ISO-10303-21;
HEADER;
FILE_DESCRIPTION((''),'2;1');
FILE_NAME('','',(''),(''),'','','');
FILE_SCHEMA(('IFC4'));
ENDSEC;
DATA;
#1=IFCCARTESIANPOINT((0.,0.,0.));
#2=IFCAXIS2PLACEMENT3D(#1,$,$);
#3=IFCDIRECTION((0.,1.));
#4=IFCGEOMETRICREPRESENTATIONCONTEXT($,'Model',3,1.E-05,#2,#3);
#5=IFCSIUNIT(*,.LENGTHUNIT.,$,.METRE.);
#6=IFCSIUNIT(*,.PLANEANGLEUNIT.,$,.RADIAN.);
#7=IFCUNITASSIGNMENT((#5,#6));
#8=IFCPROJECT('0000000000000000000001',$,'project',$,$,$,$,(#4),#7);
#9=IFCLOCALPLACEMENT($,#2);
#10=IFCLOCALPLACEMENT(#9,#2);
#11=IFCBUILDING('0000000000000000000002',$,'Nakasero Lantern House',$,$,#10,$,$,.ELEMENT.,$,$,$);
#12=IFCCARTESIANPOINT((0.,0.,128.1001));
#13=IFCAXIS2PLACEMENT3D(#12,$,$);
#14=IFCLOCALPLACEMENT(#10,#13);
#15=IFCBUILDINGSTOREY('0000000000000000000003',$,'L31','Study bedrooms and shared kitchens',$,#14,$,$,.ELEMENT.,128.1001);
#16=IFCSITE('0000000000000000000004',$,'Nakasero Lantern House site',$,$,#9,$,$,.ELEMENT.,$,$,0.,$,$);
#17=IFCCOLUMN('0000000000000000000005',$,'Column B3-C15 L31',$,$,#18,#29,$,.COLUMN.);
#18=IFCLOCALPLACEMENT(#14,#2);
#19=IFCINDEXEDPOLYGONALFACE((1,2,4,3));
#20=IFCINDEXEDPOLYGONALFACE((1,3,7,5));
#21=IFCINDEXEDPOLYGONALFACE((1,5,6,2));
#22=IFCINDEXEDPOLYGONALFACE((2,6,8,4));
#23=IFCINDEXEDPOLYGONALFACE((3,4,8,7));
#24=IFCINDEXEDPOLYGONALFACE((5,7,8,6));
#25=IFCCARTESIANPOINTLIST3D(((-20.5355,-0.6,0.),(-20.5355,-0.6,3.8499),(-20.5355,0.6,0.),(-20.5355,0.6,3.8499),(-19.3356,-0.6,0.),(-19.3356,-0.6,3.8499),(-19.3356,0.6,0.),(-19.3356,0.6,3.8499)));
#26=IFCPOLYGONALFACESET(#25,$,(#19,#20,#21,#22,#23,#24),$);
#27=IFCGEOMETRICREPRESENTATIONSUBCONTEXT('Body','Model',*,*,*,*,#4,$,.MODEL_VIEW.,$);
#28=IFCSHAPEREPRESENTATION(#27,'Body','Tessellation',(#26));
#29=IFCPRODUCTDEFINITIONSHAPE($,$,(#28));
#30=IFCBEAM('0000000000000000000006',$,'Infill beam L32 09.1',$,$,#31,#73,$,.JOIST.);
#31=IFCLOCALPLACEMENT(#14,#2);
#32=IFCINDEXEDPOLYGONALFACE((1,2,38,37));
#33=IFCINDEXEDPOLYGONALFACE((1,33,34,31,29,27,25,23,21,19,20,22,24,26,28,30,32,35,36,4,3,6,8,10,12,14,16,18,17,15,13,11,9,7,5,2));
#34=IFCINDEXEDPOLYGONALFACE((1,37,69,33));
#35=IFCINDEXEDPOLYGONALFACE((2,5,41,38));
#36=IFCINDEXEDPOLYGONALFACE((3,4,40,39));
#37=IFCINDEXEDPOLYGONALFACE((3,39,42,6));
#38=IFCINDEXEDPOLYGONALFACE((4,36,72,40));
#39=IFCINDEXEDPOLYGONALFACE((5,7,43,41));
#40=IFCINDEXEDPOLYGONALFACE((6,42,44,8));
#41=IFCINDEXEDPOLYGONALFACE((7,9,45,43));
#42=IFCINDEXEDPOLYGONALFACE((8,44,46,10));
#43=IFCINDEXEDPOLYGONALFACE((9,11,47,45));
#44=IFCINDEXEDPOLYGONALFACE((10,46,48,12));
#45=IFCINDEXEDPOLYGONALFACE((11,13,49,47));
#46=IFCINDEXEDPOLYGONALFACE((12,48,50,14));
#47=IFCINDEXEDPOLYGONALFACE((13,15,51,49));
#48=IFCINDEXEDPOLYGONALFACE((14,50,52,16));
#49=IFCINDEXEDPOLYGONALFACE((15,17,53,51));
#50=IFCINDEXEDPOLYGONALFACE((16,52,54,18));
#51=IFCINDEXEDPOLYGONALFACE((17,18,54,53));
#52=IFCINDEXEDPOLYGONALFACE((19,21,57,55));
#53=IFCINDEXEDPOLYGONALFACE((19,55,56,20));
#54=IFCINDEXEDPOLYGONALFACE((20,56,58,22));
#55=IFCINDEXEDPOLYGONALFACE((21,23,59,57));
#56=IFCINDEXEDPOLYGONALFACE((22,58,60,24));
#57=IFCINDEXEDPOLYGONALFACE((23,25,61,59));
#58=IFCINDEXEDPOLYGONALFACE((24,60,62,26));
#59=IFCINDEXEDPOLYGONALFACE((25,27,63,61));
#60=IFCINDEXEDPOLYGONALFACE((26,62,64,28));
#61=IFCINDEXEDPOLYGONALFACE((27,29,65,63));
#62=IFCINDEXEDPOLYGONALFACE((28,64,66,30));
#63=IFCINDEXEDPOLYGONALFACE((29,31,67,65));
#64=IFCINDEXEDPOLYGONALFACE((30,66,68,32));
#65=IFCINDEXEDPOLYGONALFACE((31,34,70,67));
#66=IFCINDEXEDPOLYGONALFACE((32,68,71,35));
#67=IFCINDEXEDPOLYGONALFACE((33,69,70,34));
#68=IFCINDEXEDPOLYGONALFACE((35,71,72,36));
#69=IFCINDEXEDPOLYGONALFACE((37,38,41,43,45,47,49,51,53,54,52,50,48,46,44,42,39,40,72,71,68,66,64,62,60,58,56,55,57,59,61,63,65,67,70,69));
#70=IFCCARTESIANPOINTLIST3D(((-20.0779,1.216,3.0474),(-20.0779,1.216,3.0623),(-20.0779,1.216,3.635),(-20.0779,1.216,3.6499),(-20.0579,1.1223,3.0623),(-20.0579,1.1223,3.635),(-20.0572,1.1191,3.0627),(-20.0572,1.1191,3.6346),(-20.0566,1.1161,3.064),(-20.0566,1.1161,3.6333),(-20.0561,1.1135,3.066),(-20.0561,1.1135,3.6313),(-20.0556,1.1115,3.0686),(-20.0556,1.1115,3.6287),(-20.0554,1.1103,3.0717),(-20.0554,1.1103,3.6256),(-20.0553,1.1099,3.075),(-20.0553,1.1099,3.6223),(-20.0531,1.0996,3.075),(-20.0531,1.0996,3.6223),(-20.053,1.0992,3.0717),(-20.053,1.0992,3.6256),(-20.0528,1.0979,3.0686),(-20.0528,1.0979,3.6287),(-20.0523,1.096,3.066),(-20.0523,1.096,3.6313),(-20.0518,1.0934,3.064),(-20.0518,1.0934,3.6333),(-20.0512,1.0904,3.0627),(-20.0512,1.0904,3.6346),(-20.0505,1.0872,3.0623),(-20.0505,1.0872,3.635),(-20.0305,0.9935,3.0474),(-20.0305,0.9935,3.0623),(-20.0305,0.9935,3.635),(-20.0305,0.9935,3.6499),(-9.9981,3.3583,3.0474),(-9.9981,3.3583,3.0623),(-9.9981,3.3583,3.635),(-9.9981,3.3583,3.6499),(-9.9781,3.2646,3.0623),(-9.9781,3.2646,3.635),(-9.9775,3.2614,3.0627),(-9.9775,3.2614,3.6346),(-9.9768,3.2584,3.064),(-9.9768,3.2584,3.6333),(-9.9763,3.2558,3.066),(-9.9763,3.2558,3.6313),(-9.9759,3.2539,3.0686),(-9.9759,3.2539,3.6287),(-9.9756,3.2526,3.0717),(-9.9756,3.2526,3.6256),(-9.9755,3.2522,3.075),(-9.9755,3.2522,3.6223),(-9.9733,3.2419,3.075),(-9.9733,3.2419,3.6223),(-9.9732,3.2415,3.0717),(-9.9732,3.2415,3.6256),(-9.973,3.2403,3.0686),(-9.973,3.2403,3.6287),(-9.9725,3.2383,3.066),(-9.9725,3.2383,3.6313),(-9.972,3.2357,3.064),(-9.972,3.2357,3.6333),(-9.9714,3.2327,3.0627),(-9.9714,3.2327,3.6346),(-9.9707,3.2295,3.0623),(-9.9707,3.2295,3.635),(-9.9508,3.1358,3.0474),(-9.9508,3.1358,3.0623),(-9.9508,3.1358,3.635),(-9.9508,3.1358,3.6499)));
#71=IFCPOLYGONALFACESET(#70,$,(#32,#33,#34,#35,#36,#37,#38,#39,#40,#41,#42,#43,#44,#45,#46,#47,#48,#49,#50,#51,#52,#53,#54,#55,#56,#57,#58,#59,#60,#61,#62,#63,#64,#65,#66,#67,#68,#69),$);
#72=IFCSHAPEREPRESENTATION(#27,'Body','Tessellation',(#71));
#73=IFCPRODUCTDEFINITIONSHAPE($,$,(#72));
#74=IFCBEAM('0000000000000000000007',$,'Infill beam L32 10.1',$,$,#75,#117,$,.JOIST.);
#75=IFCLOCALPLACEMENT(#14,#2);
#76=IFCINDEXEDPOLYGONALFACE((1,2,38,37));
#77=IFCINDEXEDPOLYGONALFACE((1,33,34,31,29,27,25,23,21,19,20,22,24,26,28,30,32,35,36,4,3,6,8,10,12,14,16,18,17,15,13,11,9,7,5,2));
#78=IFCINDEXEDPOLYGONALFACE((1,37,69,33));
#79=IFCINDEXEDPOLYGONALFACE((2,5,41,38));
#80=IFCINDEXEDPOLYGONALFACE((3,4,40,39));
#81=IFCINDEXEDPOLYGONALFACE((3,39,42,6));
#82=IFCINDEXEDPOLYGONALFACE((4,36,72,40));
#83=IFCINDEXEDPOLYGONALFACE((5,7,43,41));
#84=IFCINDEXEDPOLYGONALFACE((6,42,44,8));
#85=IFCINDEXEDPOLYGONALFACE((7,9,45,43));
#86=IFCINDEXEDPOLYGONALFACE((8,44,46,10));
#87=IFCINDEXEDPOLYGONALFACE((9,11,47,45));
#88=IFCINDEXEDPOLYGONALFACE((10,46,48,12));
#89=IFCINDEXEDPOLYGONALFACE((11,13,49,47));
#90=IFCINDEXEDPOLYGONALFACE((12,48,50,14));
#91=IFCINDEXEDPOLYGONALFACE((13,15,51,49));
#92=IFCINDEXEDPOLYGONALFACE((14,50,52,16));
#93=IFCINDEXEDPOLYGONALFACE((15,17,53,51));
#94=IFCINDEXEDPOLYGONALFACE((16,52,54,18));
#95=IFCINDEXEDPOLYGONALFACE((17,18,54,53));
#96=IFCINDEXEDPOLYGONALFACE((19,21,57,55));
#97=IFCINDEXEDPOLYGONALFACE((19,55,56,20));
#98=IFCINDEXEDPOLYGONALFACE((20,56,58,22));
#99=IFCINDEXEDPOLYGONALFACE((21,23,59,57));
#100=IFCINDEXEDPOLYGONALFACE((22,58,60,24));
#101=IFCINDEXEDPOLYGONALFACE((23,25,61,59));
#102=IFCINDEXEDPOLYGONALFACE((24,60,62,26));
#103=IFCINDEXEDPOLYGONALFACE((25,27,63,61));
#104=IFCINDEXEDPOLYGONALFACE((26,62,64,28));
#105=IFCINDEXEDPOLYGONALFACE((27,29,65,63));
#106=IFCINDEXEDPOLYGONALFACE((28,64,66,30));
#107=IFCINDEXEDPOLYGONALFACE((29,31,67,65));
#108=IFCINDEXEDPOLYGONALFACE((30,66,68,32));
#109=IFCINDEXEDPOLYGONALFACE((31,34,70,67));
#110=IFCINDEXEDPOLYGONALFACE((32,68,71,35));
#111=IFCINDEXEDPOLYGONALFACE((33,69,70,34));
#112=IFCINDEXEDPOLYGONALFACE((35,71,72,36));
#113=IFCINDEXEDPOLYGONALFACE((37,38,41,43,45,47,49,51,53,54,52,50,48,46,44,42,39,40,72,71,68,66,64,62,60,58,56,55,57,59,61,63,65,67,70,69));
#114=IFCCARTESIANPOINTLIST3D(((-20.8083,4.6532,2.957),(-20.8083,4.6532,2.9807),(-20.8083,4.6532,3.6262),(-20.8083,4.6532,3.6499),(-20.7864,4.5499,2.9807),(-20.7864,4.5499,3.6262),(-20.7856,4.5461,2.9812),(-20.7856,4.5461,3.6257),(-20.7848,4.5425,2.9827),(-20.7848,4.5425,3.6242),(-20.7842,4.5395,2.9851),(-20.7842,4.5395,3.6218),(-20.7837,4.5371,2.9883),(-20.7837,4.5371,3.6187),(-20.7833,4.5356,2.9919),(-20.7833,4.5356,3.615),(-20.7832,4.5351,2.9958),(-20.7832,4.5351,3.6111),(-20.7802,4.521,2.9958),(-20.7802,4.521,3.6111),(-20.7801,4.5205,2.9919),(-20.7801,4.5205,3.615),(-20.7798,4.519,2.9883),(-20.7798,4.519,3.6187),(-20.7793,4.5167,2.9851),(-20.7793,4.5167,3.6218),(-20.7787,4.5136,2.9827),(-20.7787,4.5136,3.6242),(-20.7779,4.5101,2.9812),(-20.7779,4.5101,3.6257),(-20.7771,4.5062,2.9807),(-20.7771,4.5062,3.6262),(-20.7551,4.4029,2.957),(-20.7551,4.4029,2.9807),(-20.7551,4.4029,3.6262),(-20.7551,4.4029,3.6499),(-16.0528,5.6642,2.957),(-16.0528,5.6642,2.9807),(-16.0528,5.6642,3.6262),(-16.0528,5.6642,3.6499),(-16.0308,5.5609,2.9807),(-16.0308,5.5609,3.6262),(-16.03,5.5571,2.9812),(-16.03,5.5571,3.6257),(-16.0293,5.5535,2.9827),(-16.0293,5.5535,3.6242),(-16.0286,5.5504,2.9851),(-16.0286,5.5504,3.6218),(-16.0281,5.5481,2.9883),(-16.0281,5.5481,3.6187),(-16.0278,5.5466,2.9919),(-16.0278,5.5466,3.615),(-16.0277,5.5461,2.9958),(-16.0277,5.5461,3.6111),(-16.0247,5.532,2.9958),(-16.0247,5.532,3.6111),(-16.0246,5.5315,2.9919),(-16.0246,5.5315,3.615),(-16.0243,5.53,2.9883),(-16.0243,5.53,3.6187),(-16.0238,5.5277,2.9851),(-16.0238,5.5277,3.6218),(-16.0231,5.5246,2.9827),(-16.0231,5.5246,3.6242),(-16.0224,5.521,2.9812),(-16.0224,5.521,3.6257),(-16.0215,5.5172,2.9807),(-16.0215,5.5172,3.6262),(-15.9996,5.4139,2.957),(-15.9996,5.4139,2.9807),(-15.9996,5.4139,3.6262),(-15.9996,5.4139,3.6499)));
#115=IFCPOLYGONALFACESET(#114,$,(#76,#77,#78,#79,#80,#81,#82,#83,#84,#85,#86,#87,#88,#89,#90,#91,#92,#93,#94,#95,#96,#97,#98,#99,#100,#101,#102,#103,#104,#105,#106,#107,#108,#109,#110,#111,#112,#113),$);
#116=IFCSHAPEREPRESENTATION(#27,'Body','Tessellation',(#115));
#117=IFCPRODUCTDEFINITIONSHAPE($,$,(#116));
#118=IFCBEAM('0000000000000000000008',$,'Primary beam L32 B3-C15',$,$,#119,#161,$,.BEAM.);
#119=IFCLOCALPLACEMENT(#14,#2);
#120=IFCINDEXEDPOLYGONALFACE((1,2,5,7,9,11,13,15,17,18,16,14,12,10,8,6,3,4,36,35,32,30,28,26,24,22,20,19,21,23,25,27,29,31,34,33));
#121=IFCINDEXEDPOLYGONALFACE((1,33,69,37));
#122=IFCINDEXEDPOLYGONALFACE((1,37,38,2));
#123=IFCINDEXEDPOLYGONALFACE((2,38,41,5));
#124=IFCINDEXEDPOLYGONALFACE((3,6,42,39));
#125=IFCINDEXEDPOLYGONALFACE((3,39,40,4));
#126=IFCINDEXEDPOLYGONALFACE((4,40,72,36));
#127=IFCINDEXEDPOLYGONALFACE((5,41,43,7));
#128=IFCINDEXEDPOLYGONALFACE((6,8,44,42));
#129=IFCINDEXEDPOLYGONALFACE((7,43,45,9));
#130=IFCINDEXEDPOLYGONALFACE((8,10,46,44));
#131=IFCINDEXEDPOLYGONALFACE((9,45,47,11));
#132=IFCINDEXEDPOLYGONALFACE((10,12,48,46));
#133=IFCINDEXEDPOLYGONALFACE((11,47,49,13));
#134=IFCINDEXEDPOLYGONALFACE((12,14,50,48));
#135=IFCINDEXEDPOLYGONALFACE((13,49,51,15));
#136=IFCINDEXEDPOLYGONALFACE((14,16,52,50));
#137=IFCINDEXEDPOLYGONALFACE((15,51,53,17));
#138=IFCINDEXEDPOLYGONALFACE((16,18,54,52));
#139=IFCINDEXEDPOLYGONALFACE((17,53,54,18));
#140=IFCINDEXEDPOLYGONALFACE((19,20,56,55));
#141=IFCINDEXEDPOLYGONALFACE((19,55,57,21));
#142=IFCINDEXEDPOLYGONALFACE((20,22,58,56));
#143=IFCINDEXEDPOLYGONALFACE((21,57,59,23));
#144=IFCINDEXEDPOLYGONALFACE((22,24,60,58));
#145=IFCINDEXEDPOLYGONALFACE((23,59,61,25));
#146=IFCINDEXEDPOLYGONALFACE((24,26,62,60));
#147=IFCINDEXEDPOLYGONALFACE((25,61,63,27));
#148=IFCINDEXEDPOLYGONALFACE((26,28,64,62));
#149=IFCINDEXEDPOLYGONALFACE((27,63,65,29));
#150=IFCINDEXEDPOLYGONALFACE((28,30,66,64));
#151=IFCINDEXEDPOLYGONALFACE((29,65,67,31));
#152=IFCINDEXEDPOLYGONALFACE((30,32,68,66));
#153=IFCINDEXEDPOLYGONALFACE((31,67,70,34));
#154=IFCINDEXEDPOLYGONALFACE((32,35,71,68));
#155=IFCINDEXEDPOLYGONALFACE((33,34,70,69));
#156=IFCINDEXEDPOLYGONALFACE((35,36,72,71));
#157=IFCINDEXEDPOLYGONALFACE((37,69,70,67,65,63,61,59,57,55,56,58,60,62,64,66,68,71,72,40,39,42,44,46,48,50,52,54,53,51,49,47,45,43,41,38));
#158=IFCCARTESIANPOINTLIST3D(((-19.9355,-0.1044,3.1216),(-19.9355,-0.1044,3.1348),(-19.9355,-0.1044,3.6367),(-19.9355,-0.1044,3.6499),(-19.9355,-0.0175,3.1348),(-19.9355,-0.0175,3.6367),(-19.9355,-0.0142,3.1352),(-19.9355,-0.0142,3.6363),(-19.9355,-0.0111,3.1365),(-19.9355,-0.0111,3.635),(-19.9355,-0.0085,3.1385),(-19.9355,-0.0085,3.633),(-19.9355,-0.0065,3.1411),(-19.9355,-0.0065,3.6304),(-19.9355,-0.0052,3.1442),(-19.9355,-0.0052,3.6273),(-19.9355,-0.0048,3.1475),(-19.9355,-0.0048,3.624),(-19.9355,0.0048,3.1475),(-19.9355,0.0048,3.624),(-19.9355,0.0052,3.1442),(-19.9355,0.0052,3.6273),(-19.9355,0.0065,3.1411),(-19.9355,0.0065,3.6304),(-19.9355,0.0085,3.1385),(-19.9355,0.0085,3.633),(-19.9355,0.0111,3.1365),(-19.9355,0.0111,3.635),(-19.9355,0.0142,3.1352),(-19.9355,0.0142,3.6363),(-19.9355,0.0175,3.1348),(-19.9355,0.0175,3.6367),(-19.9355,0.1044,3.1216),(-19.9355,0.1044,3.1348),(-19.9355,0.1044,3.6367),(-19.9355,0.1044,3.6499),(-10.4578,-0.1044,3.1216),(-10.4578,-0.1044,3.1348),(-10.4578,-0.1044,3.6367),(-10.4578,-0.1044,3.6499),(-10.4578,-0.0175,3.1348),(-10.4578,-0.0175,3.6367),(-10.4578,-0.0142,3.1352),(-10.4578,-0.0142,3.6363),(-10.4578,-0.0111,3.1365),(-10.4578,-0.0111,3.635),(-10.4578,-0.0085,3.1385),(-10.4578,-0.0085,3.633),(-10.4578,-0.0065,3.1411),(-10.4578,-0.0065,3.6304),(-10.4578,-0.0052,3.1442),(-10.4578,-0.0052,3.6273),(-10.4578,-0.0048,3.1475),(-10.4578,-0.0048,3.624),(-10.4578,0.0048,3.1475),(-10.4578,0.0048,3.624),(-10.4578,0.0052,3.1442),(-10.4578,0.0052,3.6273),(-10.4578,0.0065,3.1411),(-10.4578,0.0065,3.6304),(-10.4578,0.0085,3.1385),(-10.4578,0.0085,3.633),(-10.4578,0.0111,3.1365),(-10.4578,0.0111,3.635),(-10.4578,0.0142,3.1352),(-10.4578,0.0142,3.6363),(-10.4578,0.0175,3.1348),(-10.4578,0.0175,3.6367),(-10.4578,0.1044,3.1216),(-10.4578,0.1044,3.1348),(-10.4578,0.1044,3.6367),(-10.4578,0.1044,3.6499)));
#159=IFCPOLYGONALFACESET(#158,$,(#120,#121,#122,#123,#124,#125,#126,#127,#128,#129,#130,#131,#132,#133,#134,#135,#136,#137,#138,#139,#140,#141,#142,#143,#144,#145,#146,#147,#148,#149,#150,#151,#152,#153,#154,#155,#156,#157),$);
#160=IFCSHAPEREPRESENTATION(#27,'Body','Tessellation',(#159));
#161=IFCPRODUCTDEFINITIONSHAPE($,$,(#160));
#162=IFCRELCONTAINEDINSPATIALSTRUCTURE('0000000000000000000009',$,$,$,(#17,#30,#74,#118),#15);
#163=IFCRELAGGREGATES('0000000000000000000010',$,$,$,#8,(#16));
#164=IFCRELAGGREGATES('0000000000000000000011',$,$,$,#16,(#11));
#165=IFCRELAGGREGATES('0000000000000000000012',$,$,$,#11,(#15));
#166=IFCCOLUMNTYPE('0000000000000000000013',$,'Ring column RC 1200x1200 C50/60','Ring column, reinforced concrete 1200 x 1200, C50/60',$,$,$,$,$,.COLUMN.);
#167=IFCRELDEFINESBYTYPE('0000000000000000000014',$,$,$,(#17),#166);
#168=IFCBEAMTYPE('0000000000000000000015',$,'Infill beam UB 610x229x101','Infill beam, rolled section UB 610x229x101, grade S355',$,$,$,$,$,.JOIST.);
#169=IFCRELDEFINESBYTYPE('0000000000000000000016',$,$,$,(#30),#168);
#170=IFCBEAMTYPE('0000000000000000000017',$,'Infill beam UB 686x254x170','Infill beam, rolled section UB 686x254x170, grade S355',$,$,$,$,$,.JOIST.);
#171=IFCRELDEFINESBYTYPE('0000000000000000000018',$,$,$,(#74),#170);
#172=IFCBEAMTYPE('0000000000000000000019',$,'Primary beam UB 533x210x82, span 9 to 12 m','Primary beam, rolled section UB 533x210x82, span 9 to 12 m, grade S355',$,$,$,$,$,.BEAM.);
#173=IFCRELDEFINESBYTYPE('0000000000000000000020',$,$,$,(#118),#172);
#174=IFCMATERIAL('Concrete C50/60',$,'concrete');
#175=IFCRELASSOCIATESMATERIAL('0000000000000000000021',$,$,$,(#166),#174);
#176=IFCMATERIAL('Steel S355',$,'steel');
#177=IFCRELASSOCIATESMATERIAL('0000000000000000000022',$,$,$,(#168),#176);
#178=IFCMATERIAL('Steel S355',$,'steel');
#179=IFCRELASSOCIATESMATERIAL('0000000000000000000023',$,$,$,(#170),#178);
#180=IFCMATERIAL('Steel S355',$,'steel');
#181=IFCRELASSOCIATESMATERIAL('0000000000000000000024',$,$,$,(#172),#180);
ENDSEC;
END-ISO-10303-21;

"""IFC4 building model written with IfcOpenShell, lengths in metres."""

from ifc_helpers import new_model, si_unit, direction, frame, origin, origin_2d, place, context, subcontext, project, spatial, rectangle, i_section, extrude, material, material_profile, profile_set, type_object, element, save


model = new_model("IFC4")

# Units and contexts
model_context = context("Model", 3, precision=1e-05, world=origin(), true_north=direction((0.0, 1.0)))
body_context = subcontext(model_context, "Body", "Model", "MODEL_VIEW")
ifc_project = project(units=[si_unit("LENGTHUNIT", "METRE"), si_unit("PLANEANGLEUNIT", "RADIAN")], contexts=[model_context])

# Site, building, storey
site_placement = place(None, origin())
site = spatial("IfcSite", under=ifc_project, at=site_placement, Name="Nakasero Lantern House site", CompositionType="ELEMENT", RefElevation=0.0)
building_placement = place(site_placement, origin())
building = spatial("IfcBuilding", under=site, at=building_placement, Name="Nakasero Lantern House", CompositionType="ELEMENT")
storey_placement = place(building_placement, frame((0.0, 0.0, 128.1001)))
storey = spatial("IfcBuildingStorey", under=building, at=storey_placement, Name="L31", Description="Study bedrooms and shared kitchens", CompositionType="ELEMENT", Elevation=128.1001)

# Column
ifc_material_1 = material(Name="Concrete C50/60", Category="concrete")
ifc_material_profile_1 = material_profile(ifc_material_1, rectangle(XDim=1.2, YDim=1.2, at=origin_2d()), Name="RC 1200x1200")
ifc_profile_set_1 = profile_set([ifc_material_profile_1], Name="Concrete C50/60")
column_type = type_object("IfcColumnType", Name="Ring column RC 1200x1200 C50/60", Description="Ring column, reinforced concrete 1200 x 1200, C50/60", PredefinedType="COLUMN", material=ifc_profile_set_1)
column_placement = place(storey_placement, frame((-19.9355, 0.0, 0.0), z_axis=(0.0, 0.0, 1.0), x_axis=(1.0, 0.0, 0.0)))
element("IfcColumn", 1, at=column_placement, inside=storey, type_object=column_type, Name="Column B3-C15 L31", PredefinedType="COLUMN", context=body_context, shape_type="SweptSolid", body=[
    extrude(rectangle(XDim=1.2, YDim=1.2, at=origin_2d()), origin(), (0.0, 0.0, 1.0), 3.8499),
])

# Beams
ifc_material_2 = material(Name="Steel S355", Category="steel")
ifc_material_profile_2 = material_profile(ifc_material_2, i_section(OverallWidth=0.2275, OverallDepth=0.6025, WebThickness=0.0105, FlangeThickness=0.0149, FilletRadius=0.0127, at=origin_2d()), Name="UB 610x229x101")
ifc_profile_set_2 = profile_set([ifc_material_profile_2], Name="Steel S355")
beam_type_1 = type_object("IfcBeamType", Name="Infill beam UB 610x229x101", Description="Infill beam, rolled section UB 610x229x101, grade S355", PredefinedType="JOIST", material=ifc_profile_set_2)
beam_1_placement = place(storey_placement, frame((-20.0542, 1.1047, 3.3486), z_axis=(0.978152, 0.207893, 0.0), x_axis=(-0.207893, 0.978152, 0.0)))
element("IfcBeam", 2, at=beam_1_placement, inside=storey, type_object=beam_type_1, Name="Infill beam L32 09.1", PredefinedType="JOIST", context=body_context, shape_type="SweptSolid", body=[
    extrude(i_section(OverallWidth=0.2275, OverallDepth=0.6025, WebThickness=0.0105, FlangeThickness=0.0149, FilletRadius=0.0127, at=origin_2d()), origin(), (0.0, 0.0, 1.0), 10.3049),
])
ifc_material_3 = material(Name="Steel S355", Category="steel")
ifc_material_profile_3 = material_profile(ifc_material_3, i_section(OverallWidth=0.2559, OverallDepth=0.6929, WebThickness=0.0144, FlangeThickness=0.0237, FilletRadius=0.0151, at=origin_2d()), Name="UB 686x254x170")
ifc_profile_set_3 = profile_set([ifc_material_profile_3], Name="Steel S355")
beam_type_2 = type_object("IfcBeamType", Name="Infill beam UB 686x254x170", Description="Infill beam, rolled section UB 686x254x170, grade S355", PredefinedType="JOIST", material=ifc_profile_set_3)
beam_2_placement = place(storey_placement, frame((-20.7817, 4.5281, 3.3035), z_axis=(0.978141, 0.207941, 0.0), x_axis=(-0.207941, 0.978141, 0.0)))
element("IfcBeam", 3, at=beam_2_placement, inside=storey, type_object=beam_type_2, Name="Infill beam L32 10.1", PredefinedType="JOIST", context=body_context, shape_type="SweptSolid", body=[
    extrude(i_section(OverallWidth=0.2559, OverallDepth=0.6929, WebThickness=0.0144, FlangeThickness=0.0237, FilletRadius=0.0151, at=origin_2d()), origin(), (0.0, 0.0, 1.0), 4.8618),
])
ifc_material_4 = material(Name="Steel S355", Category="steel")
ifc_material_profile_4 = material_profile(ifc_material_4, i_section(OverallWidth=0.2087, OverallDepth=0.5283, WebThickness=0.0095, FlangeThickness=0.0132, FilletRadius=0.0127, at=origin_2d()), Name="UB 533x210x82")
ifc_profile_set_4 = profile_set([ifc_material_profile_4], Name="Steel S355")
beam_type_3 = type_object("IfcBeamType", Name="Primary beam UB 533x210x82, span 9 to 12 m", Description="Primary beam, rolled section UB 533x210x82, span 9 to 12 m, grade S355", PredefinedType="BEAM", material=ifc_profile_set_4)
beam_3_placement = place(storey_placement, frame((-19.9355, 0.0, 3.3857), z_axis=(1.0, 0.0, 0.0), x_axis=(0.0, 1.0, 0.0)))
element("IfcBeam", 4, at=beam_3_placement, inside=storey, type_object=beam_type_3, Name="Primary beam L32 B3-C15", PredefinedType="BEAM", context=body_context, shape_type="SweptSolid", body=[
    extrude(i_section(OverallWidth=0.2087, OverallDepth=0.5283, WebThickness=0.0095, FlangeThickness=0.0132, FilletRadius=0.0127, at=origin_2d()), origin(), (0.0, 0.0, 1.0), 9.4778),
])

save(model, "model.ifc")
